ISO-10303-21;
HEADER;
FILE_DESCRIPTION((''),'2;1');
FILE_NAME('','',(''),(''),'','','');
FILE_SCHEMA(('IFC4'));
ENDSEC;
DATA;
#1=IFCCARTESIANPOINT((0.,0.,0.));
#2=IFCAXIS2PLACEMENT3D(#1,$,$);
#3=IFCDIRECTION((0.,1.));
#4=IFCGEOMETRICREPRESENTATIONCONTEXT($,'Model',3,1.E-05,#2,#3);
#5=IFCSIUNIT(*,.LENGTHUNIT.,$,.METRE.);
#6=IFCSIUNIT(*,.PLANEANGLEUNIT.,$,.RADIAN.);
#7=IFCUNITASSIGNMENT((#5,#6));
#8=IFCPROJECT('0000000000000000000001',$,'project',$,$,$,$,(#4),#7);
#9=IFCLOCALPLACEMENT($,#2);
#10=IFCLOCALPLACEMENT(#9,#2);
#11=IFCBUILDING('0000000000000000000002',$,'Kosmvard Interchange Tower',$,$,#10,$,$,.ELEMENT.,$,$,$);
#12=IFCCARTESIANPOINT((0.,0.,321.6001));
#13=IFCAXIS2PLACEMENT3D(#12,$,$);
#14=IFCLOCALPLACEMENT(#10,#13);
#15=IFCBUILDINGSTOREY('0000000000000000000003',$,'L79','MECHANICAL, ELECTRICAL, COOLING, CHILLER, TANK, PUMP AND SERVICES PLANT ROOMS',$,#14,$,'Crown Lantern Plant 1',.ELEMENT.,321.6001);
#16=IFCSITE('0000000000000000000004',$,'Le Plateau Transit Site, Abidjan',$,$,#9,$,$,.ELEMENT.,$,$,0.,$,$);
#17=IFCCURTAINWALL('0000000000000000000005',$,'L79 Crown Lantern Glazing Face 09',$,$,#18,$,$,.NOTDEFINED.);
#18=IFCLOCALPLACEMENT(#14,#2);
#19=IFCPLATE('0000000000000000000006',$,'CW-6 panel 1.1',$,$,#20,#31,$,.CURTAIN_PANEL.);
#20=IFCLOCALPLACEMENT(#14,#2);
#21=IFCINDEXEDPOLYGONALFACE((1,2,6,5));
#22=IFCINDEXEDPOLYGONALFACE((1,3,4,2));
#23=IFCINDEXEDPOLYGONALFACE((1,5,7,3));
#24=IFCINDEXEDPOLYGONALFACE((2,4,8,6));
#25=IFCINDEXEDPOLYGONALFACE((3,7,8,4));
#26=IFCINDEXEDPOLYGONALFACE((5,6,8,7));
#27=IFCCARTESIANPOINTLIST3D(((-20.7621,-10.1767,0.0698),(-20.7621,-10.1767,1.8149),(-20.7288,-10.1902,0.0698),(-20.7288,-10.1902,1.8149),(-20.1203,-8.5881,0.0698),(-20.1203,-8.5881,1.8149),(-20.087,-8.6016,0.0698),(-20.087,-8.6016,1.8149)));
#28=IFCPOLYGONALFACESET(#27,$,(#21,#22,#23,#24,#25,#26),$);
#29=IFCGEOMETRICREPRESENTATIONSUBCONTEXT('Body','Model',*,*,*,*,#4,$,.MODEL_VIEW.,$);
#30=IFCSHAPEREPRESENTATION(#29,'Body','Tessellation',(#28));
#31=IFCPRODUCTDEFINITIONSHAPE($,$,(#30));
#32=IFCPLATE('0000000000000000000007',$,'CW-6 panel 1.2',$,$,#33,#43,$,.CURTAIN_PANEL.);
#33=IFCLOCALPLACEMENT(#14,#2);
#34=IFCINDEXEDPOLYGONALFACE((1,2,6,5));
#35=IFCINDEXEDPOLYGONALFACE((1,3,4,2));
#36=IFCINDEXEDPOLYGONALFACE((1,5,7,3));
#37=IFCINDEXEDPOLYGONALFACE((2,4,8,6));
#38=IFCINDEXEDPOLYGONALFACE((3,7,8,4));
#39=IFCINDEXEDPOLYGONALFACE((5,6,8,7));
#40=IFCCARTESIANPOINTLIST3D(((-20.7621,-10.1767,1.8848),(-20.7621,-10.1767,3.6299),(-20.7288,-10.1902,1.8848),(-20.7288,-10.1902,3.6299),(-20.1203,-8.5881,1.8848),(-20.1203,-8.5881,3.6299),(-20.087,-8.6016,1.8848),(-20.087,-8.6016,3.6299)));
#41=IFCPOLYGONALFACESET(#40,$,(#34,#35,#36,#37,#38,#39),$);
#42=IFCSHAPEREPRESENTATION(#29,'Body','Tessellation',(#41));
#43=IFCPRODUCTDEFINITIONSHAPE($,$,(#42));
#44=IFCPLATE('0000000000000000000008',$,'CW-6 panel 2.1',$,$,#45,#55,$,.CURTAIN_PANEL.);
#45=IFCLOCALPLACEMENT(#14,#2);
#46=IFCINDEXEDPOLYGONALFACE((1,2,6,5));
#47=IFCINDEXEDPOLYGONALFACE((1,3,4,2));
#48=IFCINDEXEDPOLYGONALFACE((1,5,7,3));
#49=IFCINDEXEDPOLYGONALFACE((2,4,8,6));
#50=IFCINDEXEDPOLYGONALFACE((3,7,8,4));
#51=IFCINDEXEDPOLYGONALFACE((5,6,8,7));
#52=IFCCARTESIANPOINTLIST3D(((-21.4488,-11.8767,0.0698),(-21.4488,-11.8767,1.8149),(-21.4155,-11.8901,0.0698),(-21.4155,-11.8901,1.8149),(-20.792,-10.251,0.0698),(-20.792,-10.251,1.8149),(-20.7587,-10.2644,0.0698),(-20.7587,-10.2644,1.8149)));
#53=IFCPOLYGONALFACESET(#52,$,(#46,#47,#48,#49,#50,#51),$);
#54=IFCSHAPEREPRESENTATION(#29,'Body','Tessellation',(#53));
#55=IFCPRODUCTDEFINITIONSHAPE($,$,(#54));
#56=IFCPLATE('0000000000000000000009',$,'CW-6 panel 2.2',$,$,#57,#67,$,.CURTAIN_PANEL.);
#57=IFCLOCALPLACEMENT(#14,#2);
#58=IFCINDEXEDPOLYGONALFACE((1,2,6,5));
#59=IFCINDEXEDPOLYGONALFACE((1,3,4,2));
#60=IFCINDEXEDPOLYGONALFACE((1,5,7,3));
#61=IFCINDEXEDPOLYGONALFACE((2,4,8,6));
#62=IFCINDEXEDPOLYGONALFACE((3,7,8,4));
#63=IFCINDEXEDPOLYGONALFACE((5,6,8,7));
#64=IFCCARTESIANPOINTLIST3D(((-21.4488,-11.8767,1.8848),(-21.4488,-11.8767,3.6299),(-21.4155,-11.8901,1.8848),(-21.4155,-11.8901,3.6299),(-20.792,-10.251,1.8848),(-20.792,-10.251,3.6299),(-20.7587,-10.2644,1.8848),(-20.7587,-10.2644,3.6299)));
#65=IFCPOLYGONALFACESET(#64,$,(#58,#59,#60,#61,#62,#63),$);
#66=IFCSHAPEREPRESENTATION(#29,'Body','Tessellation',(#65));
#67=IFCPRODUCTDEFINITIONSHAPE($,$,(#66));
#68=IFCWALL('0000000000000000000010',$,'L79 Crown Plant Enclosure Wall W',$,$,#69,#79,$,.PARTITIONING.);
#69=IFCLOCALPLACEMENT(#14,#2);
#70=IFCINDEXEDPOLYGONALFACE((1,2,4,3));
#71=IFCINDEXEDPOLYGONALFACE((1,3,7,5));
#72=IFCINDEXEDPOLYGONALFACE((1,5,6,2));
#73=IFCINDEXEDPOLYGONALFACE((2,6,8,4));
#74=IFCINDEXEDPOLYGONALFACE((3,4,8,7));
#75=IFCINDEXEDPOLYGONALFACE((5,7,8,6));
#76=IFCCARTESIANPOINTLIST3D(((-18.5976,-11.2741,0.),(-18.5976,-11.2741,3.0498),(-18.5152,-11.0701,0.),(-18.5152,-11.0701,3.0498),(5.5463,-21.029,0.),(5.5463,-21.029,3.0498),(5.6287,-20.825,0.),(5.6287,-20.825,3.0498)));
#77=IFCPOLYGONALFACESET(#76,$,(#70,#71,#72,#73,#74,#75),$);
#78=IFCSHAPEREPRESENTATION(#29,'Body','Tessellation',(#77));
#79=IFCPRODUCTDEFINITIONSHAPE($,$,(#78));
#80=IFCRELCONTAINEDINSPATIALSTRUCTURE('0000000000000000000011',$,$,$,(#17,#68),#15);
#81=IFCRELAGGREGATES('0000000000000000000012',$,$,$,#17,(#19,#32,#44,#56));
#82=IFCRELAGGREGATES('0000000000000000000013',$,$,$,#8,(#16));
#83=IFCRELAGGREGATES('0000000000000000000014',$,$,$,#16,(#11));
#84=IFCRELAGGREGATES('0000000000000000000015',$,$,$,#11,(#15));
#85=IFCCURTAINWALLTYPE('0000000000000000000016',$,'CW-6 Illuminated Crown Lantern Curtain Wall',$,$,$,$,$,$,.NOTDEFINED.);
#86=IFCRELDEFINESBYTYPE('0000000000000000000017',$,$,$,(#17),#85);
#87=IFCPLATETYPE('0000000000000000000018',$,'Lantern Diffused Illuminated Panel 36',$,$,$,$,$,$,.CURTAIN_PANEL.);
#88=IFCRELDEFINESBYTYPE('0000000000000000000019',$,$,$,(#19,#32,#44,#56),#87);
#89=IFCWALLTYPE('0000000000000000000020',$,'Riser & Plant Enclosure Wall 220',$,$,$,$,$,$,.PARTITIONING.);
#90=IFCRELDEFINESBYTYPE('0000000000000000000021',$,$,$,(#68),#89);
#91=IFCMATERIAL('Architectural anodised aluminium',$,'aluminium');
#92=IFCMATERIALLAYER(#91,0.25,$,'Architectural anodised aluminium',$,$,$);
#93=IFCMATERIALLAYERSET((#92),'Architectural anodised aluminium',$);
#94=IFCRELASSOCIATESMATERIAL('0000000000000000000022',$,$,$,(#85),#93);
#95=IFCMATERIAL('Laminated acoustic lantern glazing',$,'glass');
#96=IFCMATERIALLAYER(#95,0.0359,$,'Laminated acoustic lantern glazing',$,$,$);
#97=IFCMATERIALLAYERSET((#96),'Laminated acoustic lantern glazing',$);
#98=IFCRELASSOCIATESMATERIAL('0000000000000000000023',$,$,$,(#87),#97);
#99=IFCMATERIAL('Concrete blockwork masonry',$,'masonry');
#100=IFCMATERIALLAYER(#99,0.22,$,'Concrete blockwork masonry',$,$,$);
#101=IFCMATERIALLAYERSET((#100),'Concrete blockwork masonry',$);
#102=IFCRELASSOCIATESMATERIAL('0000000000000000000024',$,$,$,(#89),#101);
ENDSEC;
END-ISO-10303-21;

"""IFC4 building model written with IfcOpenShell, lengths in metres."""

from ifc_helpers import new_model, si_unit, direction, frame, frame_2d, origin, origin_2d, place, context, subcontext, project, spatial, rectangle, extrude, source, transform, mapped, material, layer, layer_set, type_object, element, aggregate, save


model = new_model("IFC4")

# Units and contexts
model_context = context("Model", 3, precision=1e-05, world=origin(), true_north=direction((0.0, 1.0)))
body_context = subcontext(model_context, "Body", "Model", "MODEL_VIEW")
ifc_project = project(units=[si_unit("LENGTHUNIT", "METRE"), si_unit("PLANEANGLEUNIT", "RADIAN")], contexts=[model_context])

# Site, building, storey
site_placement = place(None, origin())
site = spatial("IfcSite", under=ifc_project, at=site_placement, Name="Le Plateau Transit Site, Abidjan", CompositionType="ELEMENT", RefElevation=0.0)
building_placement = place(site_placement, origin())
building = spatial("IfcBuilding", under=site, at=building_placement, Name="Kosmvard Interchange Tower", CompositionType="ELEMENT")
storey_placement = place(building_placement, frame((0.0, 0.0, 321.6001)))
storey = spatial("IfcBuildingStorey", under=building, at=storey_placement, Name="L79", Description="MECHANICAL, ELECTRICAL, COOLING, CHILLER, TANK, PUMP AND SERVICES PLANT ROOMS", LongName="Crown Lantern Plant 1", CompositionType="ELEMENT", Elevation=321.6001)

# Shared definitions
ifc_material_1 = material(Name="Architectural anodised aluminium", Category="aluminium")
ifc_layer_1 = layer(ifc_material_1, 0.25, Name="Architectural anodised aluminium")
ifc_layer_set_1 = layer_set([ifc_layer_1], Name="Architectural anodised aluminium")
curtain_wall_type = type_object("IfcCurtainWallType", Name="CW-6 Illuminated Crown Lantern Curtain Wall", PredefinedType="NOTDEFINED", material=ifc_layer_set_1)

# Curtain wall
curtain_wall_1_placement = place(storey_placement, origin())
curtain_wall_1 = element("IfcCurtainWall", 1, at=curtain_wall_1_placement, inside=storey, type_object=curtain_wall_type, Name="L79 Crown Lantern Glazing Face 09", PredefinedType="NOTDEFINED")

# Plates
ifc_material_2 = material(Name="Laminated acoustic lantern glazing", Category="glass")
ifc_layer_2 = layer(ifc_material_2, 0.0359, Name="Laminated acoustic lantern glazing")
ifc_layer_set_2 = layer_set([ifc_layer_2], Name="Laminated acoustic lantern glazing")
plate_type_1 = type_object("IfcPlateType", Name="Lantern Diffused Illuminated Panel 36", PredefinedType="CURTAIN_PANEL", material=ifc_layer_set_2)
shared_shape_1 = source(origin(), body_context, "Body", "SweptSolid", [
    extrude(rectangle(XDim=1.7134, YDim=0.0359, at=origin_2d()), origin(), (0.0, 0.0, 1.0), 1.7451),
])
plate_1_placement = place(storey_placement, frame((-20.4246, -9.3892, 0.0698), z_axis=(0.0, 0.0, 1.0), x_axis=(-0.374607, -0.927184, 0.0)))
plate_1 = element("IfcPlate", 2, at=plate_1_placement, type_object=plate_type_1, Name="CW-6 panel 1.1", PredefinedType="CURTAIN_PANEL", context=body_context, shape_type="MappedRepresentation", body=[
    mapped(shared_shape_1, transform((0.0, 0.0, 0.0), scale=1.0)),
])
plate_2_placement = place(storey_placement, frame((-20.4246, -9.3892, 1.8848), z_axis=(0.0, 0.0, 1.0), x_axis=(-0.374607, -0.927184, 0.0)))
plate_2 = element("IfcPlate", 3, at=plate_2_placement, type_object=plate_type_1, Name="CW-6 panel 1.2", PredefinedType="CURTAIN_PANEL", context=body_context, shape_type="MappedRepresentation", body=[
    mapped(shared_shape_1, transform((0.0, 0.0, 0.0), scale=1.0)),
])
shared_shape_2 = source(origin(), body_context, "Body", "SweptSolid", [
    extrude(rectangle(XDim=1.7534, YDim=0.0359, at=origin_2d()), origin(), (0.0, 0.0, 1.0), 1.7451),
])
plate_3_placement = place(storey_placement, frame((-21.1038, -11.0706, 0.0698), z_axis=(0.0, 0.0, 1.0), x_axis=(-0.374607, -0.927184, 0.0)))
plate_3 = element("IfcPlate", 4, at=plate_3_placement, type_object=plate_type_1, Name="CW-6 panel 2.1", PredefinedType="CURTAIN_PANEL", context=body_context, shape_type="MappedRepresentation", body=[
    mapped(shared_shape_2, transform((0.0, 0.0, 0.0), scale=1.0)),
])
plate_4_placement = place(storey_placement, frame((-21.1038, -11.0706, 1.8848), z_axis=(0.0, 0.0, 1.0), x_axis=(-0.374607, -0.927184, 0.0)))
plate_4 = element("IfcPlate", 5, at=plate_4_placement, type_object=plate_type_1, Name="CW-6 panel 2.2", PredefinedType="CURTAIN_PANEL", context=body_context, shape_type="MappedRepresentation", body=[
    mapped(shared_shape_2, transform((0.0, 0.0, 0.0), scale=1.0)),
])
aggregate(curtain_wall_1, [plate_1, plate_2, plate_3, plate_4])

# Wall
ifc_material_3 = material(Name="Concrete blockwork masonry", Category="masonry")
ifc_layer_3 = layer(ifc_material_3, 0.22, Name="Concrete blockwork masonry")
ifc_layer_set_3 = layer_set([ifc_layer_3], Name="Concrete blockwork masonry")
wall_type = type_object("IfcWallType", Name="Riser & Plant Enclosure Wall 220", PredefinedType="PARTITIONING", material=ifc_layer_set_3)
wall_placement = place(storey_placement, frame((-18.5564, -11.1721, 0.0), z_axis=(0.0, 0.0, 1.0), x_axis=(0.927182, -0.374612, 0.0)))
element("IfcWall", 6, at=wall_placement, inside=storey, type_object=wall_type, Name="L79 Crown Plant Enclosure Wall W", PredefinedType="PARTITIONING", context=body_context, shape_type="SweptSolid", body=[
    extrude(rectangle(XDim=26.04, YDim=0.22, at=frame_2d((13.02, 0.0))), origin(), (0.0, 0.0, 1.0), 3.0498),
])

save(model, "model.ifc")
